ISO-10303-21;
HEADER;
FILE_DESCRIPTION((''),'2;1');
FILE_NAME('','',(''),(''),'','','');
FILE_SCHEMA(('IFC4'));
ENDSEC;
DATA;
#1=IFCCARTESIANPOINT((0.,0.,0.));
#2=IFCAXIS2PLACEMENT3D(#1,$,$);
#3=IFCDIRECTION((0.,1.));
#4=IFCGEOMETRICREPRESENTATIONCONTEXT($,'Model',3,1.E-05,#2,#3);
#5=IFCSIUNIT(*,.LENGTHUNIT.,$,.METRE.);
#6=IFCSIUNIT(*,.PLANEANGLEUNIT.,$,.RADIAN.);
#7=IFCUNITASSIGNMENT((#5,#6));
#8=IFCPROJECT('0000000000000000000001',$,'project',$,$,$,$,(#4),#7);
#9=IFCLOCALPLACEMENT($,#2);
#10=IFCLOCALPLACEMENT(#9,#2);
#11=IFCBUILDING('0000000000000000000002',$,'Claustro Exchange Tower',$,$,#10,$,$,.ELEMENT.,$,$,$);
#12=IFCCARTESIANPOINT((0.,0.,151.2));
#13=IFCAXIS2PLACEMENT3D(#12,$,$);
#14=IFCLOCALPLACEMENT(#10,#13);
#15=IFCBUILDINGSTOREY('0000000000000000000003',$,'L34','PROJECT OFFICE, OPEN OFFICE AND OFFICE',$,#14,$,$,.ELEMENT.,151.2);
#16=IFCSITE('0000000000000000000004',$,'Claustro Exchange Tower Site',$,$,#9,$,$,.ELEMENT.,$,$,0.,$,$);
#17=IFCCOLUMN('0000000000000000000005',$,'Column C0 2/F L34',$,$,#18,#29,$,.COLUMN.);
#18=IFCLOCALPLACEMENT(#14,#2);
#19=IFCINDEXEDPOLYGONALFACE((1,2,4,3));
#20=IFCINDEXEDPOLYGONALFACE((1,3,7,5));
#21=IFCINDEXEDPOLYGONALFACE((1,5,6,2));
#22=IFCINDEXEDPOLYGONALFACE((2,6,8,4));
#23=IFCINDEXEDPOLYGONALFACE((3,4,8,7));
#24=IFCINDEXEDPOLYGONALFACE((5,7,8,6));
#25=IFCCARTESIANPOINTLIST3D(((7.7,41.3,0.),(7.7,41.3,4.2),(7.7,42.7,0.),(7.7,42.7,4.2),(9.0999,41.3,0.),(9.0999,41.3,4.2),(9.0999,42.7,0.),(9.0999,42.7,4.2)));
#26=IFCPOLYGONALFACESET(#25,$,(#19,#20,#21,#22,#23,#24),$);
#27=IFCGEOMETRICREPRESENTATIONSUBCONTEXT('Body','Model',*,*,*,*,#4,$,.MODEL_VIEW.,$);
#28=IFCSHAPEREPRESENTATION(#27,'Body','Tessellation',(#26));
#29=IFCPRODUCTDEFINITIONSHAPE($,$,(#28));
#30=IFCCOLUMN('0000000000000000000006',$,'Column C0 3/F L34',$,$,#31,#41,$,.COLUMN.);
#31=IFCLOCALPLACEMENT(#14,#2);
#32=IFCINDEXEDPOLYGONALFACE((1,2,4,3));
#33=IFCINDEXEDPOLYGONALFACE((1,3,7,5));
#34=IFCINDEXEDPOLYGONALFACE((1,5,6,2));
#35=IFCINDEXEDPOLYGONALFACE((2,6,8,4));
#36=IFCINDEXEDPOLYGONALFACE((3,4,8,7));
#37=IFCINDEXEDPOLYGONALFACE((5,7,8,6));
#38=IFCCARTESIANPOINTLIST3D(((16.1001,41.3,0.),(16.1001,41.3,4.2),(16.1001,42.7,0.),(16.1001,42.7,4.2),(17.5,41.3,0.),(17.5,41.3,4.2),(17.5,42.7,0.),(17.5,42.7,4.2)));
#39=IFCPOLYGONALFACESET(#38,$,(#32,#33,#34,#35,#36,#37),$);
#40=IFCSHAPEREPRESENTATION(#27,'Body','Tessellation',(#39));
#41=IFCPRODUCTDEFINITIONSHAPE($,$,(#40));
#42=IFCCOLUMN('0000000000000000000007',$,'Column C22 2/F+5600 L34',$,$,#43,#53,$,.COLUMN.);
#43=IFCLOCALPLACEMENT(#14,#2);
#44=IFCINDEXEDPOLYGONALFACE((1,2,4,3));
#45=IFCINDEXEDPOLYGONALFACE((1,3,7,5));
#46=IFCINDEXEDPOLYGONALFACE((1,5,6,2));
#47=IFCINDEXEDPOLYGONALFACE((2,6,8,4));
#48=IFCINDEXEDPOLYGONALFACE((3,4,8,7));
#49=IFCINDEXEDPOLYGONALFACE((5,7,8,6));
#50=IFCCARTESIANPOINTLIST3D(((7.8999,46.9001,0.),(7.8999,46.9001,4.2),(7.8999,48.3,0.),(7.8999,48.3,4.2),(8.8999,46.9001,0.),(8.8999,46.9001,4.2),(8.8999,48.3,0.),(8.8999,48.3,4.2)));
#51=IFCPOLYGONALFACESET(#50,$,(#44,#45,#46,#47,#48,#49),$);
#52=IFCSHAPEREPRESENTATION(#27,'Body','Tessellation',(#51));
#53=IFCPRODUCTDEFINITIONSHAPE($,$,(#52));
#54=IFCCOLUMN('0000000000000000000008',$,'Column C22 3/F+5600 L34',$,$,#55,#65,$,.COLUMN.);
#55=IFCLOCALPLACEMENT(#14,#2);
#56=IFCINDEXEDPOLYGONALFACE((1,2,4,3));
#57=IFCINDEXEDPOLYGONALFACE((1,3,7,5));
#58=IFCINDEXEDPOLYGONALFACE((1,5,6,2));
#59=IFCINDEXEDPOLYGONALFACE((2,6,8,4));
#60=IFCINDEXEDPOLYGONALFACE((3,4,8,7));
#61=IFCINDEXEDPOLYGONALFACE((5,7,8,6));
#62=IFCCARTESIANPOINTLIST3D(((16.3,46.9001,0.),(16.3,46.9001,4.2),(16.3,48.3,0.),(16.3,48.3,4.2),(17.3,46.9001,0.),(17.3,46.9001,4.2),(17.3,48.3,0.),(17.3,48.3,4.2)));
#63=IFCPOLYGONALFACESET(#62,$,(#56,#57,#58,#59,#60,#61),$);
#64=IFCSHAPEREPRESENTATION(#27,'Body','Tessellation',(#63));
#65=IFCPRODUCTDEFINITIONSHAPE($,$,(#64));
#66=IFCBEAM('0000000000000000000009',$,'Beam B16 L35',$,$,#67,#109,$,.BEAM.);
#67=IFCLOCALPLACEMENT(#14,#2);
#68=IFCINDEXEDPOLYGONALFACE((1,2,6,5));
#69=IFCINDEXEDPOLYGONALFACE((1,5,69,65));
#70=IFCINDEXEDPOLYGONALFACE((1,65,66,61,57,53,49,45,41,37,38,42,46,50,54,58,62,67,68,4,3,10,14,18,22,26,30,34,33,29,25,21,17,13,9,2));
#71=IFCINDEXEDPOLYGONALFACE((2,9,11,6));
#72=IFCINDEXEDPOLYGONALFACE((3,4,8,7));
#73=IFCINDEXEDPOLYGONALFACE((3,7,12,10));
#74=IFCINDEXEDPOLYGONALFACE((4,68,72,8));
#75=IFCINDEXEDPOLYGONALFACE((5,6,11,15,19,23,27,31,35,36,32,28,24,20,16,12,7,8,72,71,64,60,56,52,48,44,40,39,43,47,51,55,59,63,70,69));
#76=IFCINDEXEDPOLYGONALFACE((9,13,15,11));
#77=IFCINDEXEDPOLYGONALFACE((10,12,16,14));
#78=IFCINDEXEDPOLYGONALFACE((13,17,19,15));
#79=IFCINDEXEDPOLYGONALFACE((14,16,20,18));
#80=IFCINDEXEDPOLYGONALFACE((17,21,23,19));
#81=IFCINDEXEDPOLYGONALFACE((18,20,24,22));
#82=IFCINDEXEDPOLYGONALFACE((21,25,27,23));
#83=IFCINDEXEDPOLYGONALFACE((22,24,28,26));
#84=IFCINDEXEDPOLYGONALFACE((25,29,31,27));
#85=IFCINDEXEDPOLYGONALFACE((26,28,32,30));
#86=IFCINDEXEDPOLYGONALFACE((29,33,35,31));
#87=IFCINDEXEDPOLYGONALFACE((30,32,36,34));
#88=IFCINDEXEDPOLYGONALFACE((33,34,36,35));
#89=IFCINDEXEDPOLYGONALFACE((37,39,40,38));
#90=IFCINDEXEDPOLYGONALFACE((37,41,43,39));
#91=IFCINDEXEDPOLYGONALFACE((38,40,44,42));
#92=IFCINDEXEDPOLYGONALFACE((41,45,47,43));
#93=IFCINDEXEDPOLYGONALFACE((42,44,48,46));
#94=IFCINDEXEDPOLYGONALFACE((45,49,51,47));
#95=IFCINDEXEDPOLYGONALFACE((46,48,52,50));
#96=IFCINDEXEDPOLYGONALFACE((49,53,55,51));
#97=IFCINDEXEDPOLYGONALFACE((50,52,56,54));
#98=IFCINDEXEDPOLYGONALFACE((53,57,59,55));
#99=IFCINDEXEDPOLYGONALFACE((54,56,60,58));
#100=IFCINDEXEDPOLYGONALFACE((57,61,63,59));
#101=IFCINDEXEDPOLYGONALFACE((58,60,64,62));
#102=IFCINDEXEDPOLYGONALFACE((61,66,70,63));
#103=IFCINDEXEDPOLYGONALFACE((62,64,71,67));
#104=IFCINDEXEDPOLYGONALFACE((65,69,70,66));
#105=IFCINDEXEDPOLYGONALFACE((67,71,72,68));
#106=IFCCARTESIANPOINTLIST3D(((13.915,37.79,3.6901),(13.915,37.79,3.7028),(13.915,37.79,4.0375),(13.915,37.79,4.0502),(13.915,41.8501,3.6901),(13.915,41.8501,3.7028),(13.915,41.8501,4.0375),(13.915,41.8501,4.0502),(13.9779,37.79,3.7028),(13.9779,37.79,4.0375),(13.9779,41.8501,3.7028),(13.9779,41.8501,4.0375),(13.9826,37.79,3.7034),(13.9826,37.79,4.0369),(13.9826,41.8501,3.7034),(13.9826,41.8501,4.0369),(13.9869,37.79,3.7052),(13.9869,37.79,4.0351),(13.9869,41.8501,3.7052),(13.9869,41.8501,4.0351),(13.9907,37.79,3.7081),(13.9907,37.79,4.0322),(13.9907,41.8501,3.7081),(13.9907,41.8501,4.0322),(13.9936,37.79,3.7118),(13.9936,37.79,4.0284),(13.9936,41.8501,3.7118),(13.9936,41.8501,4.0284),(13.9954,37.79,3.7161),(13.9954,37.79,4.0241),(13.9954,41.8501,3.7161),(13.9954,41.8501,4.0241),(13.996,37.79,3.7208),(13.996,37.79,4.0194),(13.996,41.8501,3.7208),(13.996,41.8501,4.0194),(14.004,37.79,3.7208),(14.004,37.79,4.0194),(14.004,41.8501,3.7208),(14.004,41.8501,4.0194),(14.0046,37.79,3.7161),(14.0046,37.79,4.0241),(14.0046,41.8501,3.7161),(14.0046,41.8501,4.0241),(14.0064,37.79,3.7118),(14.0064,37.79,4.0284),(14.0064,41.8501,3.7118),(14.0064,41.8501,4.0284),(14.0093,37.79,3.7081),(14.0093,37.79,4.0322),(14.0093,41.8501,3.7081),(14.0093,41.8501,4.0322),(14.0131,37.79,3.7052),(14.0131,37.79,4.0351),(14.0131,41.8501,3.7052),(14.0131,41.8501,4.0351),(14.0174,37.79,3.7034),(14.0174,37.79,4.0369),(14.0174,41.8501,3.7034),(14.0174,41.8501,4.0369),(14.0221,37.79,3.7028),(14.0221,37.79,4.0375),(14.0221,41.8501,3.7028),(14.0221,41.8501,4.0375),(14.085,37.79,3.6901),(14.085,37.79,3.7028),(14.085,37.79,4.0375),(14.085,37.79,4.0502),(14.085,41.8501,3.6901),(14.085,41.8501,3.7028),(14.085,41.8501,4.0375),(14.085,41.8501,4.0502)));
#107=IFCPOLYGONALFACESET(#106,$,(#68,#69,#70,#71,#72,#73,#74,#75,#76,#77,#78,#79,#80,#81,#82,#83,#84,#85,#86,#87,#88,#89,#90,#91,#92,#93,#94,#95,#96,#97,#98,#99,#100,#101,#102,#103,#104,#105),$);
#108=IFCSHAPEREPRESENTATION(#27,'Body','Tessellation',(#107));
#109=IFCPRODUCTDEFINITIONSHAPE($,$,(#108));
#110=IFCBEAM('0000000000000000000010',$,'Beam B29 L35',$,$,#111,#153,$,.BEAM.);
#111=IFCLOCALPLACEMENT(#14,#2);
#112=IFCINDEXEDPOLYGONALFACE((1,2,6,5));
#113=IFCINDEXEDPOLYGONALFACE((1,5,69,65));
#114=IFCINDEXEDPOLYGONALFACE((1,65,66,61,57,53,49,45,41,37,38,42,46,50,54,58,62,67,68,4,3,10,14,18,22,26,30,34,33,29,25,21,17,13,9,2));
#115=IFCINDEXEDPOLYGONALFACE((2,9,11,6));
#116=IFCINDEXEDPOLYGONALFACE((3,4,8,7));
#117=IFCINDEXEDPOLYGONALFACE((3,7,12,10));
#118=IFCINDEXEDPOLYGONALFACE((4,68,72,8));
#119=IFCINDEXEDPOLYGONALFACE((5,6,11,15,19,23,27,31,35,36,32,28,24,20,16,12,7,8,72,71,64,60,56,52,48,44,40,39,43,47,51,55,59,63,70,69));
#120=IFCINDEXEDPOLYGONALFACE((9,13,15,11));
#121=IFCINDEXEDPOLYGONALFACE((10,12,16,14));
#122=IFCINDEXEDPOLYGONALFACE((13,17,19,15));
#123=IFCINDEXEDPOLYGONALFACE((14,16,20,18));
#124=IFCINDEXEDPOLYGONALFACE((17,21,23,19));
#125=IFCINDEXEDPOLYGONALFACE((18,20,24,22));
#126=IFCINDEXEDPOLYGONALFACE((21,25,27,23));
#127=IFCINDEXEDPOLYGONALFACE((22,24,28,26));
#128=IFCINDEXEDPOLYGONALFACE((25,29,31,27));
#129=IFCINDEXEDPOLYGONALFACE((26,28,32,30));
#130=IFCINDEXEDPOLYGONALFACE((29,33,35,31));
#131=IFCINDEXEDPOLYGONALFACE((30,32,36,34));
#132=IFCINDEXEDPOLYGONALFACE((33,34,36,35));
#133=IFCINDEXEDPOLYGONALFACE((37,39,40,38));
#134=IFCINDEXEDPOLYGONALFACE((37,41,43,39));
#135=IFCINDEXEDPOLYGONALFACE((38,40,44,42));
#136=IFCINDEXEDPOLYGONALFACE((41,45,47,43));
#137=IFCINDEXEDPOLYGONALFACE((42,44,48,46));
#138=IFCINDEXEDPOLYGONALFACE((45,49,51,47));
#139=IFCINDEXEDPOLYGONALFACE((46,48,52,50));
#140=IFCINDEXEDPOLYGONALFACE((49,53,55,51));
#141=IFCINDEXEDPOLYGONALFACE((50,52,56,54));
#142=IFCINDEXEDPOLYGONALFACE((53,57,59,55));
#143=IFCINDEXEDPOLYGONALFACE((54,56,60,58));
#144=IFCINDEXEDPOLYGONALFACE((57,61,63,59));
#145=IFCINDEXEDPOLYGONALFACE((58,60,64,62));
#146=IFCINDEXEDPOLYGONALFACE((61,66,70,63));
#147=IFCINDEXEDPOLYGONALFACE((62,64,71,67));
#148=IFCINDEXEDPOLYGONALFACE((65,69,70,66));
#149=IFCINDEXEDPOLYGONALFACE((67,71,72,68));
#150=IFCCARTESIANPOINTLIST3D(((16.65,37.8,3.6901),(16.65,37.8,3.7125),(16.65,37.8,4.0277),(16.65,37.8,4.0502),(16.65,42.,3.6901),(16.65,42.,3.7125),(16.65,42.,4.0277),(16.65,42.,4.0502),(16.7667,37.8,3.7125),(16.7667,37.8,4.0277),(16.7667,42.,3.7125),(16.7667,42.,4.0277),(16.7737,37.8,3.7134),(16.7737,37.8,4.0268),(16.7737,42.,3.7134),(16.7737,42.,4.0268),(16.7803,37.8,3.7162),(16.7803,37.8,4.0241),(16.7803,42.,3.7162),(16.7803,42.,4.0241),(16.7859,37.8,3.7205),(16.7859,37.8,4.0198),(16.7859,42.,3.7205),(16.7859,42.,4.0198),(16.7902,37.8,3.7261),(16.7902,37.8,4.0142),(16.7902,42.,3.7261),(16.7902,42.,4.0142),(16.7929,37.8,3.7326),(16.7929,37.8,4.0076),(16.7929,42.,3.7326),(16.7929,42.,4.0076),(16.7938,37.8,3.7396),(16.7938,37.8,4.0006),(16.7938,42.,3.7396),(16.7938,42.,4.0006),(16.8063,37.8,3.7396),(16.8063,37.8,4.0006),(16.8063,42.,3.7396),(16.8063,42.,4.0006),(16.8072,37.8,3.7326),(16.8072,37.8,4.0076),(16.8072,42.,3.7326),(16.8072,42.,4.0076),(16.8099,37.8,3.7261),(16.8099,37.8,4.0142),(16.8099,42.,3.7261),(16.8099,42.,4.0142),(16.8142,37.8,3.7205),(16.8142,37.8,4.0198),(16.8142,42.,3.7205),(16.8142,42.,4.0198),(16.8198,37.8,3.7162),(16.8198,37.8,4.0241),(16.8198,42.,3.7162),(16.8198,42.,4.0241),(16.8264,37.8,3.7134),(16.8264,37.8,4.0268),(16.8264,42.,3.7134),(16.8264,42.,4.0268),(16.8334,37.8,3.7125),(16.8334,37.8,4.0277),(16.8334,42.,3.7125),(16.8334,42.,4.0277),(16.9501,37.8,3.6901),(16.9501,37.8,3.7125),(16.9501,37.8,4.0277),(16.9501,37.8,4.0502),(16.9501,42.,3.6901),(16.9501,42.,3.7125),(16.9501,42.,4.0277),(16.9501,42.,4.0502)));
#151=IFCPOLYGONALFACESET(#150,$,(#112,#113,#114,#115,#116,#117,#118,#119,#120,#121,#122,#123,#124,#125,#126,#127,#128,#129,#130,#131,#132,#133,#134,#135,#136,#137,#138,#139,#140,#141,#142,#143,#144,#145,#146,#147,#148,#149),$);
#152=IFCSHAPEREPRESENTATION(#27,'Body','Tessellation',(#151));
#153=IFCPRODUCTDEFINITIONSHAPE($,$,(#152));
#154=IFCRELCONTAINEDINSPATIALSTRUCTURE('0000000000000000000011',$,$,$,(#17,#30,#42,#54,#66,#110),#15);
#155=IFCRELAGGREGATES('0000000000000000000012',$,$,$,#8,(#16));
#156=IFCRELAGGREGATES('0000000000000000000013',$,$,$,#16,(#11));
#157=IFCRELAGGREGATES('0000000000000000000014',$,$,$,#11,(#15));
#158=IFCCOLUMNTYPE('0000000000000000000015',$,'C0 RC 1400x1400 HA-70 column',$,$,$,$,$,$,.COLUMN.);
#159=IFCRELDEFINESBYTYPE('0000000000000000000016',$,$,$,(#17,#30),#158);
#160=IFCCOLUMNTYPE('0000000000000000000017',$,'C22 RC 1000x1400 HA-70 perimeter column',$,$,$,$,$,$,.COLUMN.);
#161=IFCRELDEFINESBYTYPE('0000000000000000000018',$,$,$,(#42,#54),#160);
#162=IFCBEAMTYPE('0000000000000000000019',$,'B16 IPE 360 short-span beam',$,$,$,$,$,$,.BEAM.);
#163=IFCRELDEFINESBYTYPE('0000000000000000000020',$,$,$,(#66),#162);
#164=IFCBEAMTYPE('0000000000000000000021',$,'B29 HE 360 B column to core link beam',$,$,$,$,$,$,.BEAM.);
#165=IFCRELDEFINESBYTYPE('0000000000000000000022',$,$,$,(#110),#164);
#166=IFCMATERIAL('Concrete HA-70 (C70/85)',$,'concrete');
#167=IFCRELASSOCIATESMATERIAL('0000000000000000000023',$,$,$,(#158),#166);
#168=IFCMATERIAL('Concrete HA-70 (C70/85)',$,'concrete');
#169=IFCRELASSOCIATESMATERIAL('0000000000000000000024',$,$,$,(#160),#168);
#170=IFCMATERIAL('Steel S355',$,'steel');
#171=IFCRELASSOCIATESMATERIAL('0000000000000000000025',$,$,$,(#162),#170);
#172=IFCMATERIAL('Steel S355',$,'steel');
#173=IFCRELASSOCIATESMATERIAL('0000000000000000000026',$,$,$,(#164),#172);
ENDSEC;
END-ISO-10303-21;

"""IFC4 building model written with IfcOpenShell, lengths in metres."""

from ifc_helpers import new_model, si_unit, direction, frame, origin, origin_2d, place, context, subcontext, project, spatial, rectangle, i_section, extrude, material, material_profile, profile_set, type_object, element, save


model = new_model("IFC4")

# Units and contexts
model_context = context("Model", 3, precision=1e-05, world=origin(), true_north=direction((0.0, 1.0)))
body_context = subcontext(model_context, "Body", "Model", "MODEL_VIEW")
ifc_project = project(units=[si_unit("LENGTHUNIT", "METRE"), si_unit("PLANEANGLEUNIT", "RADIAN")], contexts=[model_context])

# Site, building, storey
site_placement = place(None, origin())
site = spatial("IfcSite", under=ifc_project, at=site_placement, Name="Claustro Exchange Tower Site", CompositionType="ELEMENT", RefElevation=0.0)
building_placement = place(site_placement, origin())
building = spatial("IfcBuilding", under=site, at=building_placement, Name="Claustro Exchange Tower", CompositionType="ELEMENT")
storey_placement = place(building_placement, frame((0.0, 0.0, 151.2)))
storey = spatial("IfcBuildingStorey", under=building, at=storey_placement, Name="L34", Description="PROJECT OFFICE, OPEN OFFICE AND OFFICE", CompositionType="ELEMENT", Elevation=151.2)

# Columns
ifc_material_1 = material(Name="Concrete HA-70 (C70/85)", Category="concrete")
ifc_material_profile_1 = material_profile(ifc_material_1, rectangle(XDim=1.3999, YDim=1.3999, at=origin_2d()), Name="RC 1400x1400")
ifc_profile_set_1 = profile_set([ifc_material_profile_1], Name="Concrete HA-70 (C70/85)")
column_type_1 = type_object("IfcColumnType", Name="C0 RC 1400x1400 HA-70 column", PredefinedType="COLUMN", material=ifc_profile_set_1)
for number, where, z_axis, x_axis, name in (
    (1, (8.3999, 42.0, 0.0), (0.0, 0.0, 1.0), (1.0, 0.0, 0.0), "Column C0 2/F L34"),
    (2, (16.8, 42.0, 0.0), (0.0, 0.0, 1.0), (1.0, 0.0, 0.0), "Column C0 3/F L34"),
):
    element("IfcColumn", number, at=place(storey_placement, frame(where, z_axis=z_axis, x_axis=x_axis)), inside=storey, type_object=column_type_1, Name=name, PredefinedType="COLUMN", context=body_context, shape_type="SweptSolid", body=[
        extrude(rectangle(XDim=1.3999, YDim=1.3999, at=origin_2d()), origin(), (0.0, 0.0, 1.0), 4.2),
    ])
ifc_material_2 = material(Name="Concrete HA-70 (C70/85)", Category="concrete")
ifc_material_profile_2 = material_profile(ifc_material_2, rectangle(XDim=1.0, YDim=1.3999, at=origin_2d()), Name="RC 1000x1400")
ifc_profile_set_2 = profile_set([ifc_material_profile_2], Name="Concrete HA-70 (C70/85)")
column_type_2 = type_object("IfcColumnType", Name="C22 RC 1000x1400 HA-70 perimeter column", PredefinedType="COLUMN", material=ifc_profile_set_2)
for number, where, z_axis, x_axis, name in (
    (3, (8.3999, 47.6001, 0.0), (0.0, 0.0, 1.0), (1.0, 0.0, 0.0), "Column C22 2/F+5600 L34"),
    (4, (16.8, 47.6001, 0.0), (0.0, 0.0, 1.0), (1.0, 0.0, 0.0), "Column C22 3/F+5600 L34"),
):
    element("IfcColumn", number, at=place(storey_placement, frame(where, z_axis=z_axis, x_axis=x_axis)), inside=storey, type_object=column_type_2, Name=name, PredefinedType="COLUMN", context=body_context, shape_type="SweptSolid", body=[
        extrude(rectangle(XDim=1.0, YDim=1.3999, at=origin_2d()), origin(), (0.0, 0.0, 1.0), 4.2),
    ])

# Beams
ifc_material_3 = material(Name="Steel S355", Category="steel")
ifc_material_profile_3 = material_profile(ifc_material_3, i_section(OverallWidth=0.1699, OverallDepth=0.3601, WebThickness=0.0081, FlangeThickness=0.0127, FilletRadius=0.0181, at=origin_2d()), Name="IPE 360")
ifc_profile_set_3 = profile_set([ifc_material_profile_3], Name="Steel S355")
beam_type_1 = type_object("IfcBeamType", Name="B16 IPE 360 short-span beam", PredefinedType="BEAM", material=ifc_profile_set_3)
beam_1_placement = place(storey_placement, frame((14.0, 37.79, 3.8701), z_axis=(0.0, 1.0, 0.0), x_axis=(-1.0, 0.0, 0.0)))
element("IfcBeam", 5, at=beam_1_placement, inside=storey, type_object=beam_type_1, Name="Beam B16 L35", PredefinedType="BEAM", context=body_context, shape_type="SweptSolid", body=[
    extrude(i_section(OverallWidth=0.1699, OverallDepth=0.3601, WebThickness=0.0081, FlangeThickness=0.0127, FilletRadius=0.0181, at=origin_2d()), origin(), (0.0, 0.0, 1.0), 4.0601),
])
ifc_material_4 = material(Name="Steel S355", Category="steel")
ifc_material_profile_4 = material_profile(ifc_material_4, i_section(OverallWidth=0.3, OverallDepth=0.3601, WebThickness=0.0125, FlangeThickness=0.0225, FilletRadius=0.0271, at=origin_2d()), Name="HE 360 B")
ifc_profile_set_4 = profile_set([ifc_material_profile_4], Name="Steel S355")
beam_type_2 = type_object("IfcBeamType", Name="B29 HE 360 B column to core link beam", PredefinedType="BEAM", material=ifc_profile_set_4)
beam_2_placement = place(storey_placement, frame((16.8, 37.8, 3.8701), z_axis=(0.0, 1.0, 0.0), x_axis=(-1.0, 0.0, 0.0)))
element("IfcBeam", 6, at=beam_2_placement, inside=storey, type_object=beam_type_2, Name="Beam B29 L35", PredefinedType="BEAM", context=body_context, shape_type="SweptSolid", body=[
    extrude(i_section(OverallWidth=0.3, OverallDepth=0.3601, WebThickness=0.0125, FlangeThickness=0.0225, FilletRadius=0.0271, at=origin_2d()), origin(), (0.0, 0.0, 1.0), 4.2),
])

save(model, "model.ifc")
